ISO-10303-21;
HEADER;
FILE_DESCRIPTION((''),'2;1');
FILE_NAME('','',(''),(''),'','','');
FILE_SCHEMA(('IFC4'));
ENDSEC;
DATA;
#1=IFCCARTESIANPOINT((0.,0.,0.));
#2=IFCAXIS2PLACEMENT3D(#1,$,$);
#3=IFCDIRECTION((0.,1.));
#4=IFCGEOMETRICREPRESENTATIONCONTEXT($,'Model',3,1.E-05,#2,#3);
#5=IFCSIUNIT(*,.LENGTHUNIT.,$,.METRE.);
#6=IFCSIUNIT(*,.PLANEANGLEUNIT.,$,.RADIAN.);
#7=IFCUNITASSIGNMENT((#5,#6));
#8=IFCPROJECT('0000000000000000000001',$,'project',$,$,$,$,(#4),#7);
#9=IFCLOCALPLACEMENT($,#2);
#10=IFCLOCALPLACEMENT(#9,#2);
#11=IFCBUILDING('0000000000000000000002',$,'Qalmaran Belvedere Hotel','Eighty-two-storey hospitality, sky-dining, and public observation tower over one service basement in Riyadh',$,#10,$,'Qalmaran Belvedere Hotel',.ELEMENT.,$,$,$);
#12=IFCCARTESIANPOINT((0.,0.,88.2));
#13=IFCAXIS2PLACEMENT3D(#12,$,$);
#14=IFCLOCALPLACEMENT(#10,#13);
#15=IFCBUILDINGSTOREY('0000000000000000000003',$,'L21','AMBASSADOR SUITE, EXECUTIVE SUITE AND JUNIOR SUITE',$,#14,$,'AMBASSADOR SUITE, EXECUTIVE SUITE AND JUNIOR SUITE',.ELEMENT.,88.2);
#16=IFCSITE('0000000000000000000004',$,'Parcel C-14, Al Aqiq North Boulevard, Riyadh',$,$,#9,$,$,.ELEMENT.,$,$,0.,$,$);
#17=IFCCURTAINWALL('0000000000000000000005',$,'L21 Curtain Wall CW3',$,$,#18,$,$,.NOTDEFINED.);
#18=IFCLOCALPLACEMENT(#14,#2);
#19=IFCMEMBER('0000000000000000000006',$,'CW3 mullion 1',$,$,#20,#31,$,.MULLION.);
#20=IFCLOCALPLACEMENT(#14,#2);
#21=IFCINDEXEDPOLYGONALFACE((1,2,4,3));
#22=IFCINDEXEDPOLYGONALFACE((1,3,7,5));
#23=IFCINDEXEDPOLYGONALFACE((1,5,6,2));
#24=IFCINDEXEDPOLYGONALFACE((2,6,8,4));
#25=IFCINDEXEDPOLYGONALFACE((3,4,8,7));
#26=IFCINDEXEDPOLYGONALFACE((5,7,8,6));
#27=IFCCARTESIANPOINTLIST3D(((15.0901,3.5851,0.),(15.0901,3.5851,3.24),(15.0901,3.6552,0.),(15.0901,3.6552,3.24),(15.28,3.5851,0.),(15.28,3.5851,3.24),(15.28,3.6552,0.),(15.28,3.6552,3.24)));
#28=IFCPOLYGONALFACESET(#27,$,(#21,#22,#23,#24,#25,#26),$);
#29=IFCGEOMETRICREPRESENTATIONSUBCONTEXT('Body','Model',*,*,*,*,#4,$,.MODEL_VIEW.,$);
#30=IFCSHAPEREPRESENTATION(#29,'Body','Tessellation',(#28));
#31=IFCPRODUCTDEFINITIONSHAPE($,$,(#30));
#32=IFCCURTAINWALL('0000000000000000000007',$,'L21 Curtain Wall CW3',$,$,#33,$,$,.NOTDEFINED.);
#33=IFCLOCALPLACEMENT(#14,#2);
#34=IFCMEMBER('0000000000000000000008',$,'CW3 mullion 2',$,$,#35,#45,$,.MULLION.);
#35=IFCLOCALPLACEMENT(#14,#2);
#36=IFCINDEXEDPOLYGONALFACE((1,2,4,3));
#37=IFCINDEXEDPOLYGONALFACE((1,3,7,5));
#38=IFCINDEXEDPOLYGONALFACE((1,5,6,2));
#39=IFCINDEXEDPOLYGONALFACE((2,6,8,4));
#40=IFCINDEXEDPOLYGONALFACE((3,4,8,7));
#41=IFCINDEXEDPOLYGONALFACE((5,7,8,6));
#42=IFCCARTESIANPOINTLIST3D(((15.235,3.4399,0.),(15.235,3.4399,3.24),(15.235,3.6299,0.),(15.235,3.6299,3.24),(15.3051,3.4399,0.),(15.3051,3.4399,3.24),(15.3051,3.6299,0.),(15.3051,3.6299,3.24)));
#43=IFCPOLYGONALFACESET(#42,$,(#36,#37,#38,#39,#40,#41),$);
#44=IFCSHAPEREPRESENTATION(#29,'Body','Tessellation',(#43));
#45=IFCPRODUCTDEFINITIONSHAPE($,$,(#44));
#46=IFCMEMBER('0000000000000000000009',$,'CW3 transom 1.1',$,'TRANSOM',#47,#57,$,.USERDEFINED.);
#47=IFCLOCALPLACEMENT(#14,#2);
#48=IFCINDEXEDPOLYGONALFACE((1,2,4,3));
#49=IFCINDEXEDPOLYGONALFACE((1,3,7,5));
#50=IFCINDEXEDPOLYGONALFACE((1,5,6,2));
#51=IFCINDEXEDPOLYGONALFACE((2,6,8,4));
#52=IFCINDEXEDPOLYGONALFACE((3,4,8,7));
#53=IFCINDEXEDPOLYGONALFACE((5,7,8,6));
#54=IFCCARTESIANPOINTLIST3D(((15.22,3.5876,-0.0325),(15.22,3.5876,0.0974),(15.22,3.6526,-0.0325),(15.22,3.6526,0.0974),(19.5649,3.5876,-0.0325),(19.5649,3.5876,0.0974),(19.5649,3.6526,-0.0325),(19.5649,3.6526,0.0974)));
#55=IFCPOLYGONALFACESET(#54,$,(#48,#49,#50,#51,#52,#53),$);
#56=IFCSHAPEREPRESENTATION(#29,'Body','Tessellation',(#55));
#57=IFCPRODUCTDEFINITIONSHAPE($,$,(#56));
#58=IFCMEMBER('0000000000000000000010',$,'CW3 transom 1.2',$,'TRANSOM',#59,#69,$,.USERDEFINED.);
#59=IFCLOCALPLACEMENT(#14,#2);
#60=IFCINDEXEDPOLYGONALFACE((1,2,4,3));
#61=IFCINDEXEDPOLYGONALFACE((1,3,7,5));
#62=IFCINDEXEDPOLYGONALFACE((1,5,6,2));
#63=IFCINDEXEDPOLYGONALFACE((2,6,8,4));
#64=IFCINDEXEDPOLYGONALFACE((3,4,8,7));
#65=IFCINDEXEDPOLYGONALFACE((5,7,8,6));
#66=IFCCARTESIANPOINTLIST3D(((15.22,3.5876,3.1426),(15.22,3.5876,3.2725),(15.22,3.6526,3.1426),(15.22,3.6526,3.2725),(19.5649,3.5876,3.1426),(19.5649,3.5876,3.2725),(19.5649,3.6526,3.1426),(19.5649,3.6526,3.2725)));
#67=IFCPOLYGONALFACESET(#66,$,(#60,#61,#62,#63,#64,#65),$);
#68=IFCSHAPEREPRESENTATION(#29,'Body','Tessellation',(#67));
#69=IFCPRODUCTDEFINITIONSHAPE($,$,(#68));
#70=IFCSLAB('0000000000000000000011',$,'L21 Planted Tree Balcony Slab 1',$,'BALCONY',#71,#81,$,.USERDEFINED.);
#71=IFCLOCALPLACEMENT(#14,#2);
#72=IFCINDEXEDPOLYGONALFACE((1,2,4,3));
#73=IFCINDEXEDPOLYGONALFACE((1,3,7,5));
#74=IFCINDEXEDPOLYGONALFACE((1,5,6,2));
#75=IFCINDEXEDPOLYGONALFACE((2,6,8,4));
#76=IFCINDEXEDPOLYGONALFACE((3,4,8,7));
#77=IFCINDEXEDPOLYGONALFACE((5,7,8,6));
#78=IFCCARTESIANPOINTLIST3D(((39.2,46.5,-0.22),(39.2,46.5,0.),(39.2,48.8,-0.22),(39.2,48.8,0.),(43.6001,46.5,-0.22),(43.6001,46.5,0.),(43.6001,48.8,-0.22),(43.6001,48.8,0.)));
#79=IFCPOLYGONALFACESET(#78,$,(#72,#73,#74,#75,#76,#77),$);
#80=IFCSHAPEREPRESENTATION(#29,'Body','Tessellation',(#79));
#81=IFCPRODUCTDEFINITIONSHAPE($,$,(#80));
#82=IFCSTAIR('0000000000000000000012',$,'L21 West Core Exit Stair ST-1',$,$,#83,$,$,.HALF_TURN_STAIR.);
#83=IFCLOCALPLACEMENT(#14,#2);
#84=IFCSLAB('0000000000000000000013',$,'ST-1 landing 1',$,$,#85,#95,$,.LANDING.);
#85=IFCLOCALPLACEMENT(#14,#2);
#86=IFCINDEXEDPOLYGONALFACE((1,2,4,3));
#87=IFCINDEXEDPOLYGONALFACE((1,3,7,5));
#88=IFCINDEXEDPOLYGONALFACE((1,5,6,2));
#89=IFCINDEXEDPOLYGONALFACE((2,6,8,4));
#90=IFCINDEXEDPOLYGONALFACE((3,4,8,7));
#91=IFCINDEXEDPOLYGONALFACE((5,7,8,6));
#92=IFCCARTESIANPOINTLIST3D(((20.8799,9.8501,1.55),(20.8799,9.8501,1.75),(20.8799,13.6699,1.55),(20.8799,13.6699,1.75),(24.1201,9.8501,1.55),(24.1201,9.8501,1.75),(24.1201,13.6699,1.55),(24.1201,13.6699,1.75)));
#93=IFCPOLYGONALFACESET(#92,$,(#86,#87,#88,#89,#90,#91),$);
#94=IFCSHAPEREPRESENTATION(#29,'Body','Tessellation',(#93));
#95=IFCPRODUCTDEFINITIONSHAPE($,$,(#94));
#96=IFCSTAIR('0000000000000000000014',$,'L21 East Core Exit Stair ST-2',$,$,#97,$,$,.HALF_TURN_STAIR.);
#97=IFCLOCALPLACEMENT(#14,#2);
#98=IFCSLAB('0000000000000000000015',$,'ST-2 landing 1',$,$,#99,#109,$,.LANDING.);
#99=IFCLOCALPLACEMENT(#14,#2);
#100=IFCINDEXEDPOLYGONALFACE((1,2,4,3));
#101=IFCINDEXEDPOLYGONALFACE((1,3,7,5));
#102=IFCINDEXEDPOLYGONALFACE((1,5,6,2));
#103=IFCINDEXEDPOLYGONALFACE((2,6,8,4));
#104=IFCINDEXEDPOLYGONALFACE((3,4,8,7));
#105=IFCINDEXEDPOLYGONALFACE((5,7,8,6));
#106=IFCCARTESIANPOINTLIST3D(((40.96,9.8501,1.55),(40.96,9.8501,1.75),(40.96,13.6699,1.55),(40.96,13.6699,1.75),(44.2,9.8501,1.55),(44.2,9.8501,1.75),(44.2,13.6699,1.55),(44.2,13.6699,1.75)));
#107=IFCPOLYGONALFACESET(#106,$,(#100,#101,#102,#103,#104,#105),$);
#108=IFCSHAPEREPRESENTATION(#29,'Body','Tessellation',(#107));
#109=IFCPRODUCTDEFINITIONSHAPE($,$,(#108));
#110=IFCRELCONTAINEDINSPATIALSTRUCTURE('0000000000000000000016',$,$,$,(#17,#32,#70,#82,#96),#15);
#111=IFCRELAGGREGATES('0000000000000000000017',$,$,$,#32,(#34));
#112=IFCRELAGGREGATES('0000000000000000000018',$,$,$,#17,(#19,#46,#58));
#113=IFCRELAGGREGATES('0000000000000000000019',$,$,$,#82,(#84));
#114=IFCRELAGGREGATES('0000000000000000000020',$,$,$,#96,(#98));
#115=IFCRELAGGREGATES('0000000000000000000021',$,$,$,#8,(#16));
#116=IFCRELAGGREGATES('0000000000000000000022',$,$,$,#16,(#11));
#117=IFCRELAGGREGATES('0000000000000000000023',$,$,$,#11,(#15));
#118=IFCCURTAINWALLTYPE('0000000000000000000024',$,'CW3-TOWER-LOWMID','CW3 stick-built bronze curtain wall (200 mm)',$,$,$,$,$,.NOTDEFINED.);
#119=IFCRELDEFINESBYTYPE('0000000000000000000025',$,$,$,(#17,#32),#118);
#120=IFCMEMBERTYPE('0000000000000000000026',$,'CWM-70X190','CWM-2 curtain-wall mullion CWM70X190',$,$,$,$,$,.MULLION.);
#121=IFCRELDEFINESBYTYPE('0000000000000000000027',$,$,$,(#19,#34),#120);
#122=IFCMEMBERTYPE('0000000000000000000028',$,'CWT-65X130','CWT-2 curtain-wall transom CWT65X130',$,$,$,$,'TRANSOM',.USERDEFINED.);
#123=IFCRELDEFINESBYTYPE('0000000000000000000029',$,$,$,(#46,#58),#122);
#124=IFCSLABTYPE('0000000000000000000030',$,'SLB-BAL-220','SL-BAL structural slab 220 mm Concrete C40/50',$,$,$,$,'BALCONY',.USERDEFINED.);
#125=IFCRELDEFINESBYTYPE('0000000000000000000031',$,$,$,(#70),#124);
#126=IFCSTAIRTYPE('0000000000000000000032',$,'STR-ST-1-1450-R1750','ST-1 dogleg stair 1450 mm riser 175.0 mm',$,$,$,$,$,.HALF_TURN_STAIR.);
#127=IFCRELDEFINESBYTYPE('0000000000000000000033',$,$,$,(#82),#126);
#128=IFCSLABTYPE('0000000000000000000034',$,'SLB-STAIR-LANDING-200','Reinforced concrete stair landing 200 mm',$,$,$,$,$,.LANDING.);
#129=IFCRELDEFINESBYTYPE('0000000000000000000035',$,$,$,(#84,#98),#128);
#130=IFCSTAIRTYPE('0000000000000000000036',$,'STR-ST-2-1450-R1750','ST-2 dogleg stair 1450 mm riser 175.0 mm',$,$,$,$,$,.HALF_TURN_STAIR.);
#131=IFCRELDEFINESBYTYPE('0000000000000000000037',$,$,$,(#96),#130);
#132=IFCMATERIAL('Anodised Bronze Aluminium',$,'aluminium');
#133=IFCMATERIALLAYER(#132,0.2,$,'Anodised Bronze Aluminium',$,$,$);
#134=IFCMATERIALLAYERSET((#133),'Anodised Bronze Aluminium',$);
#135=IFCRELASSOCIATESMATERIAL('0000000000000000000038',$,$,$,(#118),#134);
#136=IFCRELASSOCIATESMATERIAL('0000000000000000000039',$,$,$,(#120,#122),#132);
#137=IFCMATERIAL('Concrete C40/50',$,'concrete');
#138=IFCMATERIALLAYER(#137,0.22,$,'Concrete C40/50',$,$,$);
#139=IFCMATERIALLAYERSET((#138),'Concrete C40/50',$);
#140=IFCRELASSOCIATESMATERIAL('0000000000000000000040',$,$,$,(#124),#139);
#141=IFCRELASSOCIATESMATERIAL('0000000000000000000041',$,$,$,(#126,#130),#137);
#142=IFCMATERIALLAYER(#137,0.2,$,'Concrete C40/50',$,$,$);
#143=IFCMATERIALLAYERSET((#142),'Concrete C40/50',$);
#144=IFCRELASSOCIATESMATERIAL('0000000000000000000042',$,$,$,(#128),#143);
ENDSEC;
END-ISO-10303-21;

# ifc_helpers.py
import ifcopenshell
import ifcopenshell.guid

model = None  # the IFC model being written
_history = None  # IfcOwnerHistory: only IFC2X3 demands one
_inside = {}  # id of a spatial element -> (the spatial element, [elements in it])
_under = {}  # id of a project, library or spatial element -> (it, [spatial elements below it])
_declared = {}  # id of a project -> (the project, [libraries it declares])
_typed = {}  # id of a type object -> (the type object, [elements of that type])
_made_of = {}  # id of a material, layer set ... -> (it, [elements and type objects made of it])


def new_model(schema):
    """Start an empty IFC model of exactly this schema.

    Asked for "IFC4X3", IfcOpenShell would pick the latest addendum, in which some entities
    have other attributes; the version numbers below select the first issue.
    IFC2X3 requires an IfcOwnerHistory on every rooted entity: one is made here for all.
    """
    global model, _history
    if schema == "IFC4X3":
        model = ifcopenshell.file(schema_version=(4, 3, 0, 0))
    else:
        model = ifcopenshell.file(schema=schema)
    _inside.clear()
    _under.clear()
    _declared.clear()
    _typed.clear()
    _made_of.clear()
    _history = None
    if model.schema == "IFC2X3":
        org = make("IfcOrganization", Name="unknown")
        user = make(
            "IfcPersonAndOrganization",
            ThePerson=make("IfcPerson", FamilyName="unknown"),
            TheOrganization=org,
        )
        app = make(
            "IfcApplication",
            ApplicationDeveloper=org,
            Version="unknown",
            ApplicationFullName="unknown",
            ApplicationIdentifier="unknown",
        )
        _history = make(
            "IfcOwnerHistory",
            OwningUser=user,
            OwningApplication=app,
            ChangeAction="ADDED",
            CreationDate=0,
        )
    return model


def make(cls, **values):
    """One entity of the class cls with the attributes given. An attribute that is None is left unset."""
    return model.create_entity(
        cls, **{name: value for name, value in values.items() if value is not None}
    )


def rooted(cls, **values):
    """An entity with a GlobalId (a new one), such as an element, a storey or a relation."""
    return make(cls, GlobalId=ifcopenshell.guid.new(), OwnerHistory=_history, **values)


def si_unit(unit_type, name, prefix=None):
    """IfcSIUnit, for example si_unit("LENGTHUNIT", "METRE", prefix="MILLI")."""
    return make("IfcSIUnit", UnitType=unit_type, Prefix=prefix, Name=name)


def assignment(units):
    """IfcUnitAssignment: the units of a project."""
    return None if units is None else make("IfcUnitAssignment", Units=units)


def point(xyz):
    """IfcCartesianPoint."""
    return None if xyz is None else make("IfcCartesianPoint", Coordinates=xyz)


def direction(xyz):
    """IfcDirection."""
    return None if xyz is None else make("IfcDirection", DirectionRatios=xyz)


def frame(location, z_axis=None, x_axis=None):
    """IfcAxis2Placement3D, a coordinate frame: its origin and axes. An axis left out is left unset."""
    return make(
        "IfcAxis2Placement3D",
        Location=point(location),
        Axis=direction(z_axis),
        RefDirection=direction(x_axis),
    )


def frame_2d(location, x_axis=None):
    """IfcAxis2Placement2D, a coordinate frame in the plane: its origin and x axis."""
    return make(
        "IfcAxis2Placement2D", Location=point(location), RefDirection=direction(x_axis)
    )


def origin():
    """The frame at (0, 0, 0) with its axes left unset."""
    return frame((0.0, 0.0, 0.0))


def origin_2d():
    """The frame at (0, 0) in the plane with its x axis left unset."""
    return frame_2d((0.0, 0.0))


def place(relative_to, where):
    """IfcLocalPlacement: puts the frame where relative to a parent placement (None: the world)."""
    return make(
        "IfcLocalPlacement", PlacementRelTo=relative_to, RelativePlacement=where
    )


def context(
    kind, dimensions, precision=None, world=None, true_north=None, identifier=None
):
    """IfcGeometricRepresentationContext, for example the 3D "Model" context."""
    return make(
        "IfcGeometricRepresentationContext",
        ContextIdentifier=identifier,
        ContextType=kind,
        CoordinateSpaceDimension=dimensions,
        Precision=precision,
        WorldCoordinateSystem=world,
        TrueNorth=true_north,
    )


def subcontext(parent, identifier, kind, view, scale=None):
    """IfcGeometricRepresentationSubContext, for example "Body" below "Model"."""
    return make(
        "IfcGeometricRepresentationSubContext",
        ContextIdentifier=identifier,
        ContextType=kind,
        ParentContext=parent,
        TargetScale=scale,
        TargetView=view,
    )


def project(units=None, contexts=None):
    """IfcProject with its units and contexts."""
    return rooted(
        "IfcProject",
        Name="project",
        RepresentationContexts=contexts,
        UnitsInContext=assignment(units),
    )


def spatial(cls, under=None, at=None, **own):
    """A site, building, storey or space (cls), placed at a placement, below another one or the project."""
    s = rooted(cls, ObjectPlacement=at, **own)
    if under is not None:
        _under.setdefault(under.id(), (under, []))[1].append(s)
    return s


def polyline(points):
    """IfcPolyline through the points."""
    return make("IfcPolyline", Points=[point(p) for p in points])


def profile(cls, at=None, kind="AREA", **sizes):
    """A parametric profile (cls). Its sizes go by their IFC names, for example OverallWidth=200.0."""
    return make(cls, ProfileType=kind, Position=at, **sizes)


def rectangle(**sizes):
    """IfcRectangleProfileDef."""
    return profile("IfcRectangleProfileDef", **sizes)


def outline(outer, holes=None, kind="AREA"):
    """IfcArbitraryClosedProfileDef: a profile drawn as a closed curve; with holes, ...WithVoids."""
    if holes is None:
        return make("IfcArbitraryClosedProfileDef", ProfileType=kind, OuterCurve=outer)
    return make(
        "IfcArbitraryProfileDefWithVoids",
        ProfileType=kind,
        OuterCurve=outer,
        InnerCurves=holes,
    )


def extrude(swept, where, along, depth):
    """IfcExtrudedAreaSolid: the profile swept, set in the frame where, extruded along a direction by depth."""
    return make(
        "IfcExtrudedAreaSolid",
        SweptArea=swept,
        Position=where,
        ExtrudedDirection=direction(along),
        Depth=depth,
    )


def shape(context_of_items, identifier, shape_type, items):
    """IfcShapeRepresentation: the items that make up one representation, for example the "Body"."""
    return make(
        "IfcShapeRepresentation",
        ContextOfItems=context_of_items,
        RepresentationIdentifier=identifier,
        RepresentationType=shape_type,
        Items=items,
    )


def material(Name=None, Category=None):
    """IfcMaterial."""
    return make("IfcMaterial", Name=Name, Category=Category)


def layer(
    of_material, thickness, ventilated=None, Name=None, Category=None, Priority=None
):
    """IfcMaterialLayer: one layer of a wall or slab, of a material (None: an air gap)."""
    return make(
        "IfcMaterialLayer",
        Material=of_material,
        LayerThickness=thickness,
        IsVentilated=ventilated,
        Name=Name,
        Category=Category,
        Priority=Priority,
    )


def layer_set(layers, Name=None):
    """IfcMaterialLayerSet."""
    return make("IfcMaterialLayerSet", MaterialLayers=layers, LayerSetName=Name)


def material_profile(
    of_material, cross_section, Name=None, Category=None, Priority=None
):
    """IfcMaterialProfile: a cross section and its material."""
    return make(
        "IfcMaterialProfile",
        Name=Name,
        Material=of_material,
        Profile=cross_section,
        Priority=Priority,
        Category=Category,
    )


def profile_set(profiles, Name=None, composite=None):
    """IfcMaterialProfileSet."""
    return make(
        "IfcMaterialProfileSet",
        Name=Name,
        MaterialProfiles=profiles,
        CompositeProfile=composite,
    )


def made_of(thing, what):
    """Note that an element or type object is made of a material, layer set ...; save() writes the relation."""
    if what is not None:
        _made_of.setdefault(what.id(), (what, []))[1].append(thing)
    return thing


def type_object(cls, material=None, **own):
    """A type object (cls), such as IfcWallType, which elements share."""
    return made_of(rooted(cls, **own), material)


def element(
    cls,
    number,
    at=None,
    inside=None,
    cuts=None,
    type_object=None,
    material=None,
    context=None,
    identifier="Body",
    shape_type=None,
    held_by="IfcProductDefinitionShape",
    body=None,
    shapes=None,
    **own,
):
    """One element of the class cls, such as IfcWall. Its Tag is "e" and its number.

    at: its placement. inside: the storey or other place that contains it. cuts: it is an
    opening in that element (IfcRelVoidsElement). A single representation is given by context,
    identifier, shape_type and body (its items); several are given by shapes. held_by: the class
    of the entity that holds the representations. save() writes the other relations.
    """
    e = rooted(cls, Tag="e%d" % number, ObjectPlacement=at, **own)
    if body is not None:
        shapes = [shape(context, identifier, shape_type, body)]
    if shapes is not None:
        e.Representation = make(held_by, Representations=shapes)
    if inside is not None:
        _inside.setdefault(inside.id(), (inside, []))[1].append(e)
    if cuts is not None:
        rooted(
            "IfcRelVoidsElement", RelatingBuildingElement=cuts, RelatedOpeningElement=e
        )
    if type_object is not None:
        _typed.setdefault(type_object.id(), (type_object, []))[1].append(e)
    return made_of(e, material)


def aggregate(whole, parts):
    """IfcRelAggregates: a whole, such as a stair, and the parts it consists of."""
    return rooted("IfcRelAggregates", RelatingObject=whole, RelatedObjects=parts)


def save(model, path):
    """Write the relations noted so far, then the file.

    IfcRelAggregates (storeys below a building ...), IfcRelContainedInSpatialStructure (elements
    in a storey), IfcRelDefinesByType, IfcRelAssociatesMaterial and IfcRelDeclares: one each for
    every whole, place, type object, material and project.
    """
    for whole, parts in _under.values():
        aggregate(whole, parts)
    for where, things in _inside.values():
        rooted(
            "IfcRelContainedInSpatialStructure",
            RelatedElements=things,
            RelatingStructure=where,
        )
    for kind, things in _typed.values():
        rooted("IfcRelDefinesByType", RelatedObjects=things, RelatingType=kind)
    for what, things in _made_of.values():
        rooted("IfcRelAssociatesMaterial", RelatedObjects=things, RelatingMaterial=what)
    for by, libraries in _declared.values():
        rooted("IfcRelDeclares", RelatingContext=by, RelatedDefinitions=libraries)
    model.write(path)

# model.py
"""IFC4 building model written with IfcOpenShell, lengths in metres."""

from ifc_helpers import new_model, si_unit, direction, frame, origin, origin_2d, place, context, subcontext, project, spatial, polyline, rectangle, outline, extrude, material, layer, layer_set, material_profile, profile_set, type_object, element, aggregate, save


model = new_model("IFC4")

# Units and contexts
model_context = context("Model", 3, precision=1e-05, world=origin(), true_north=direction((0.0, 1.0)))
body_context = subcontext(model_context, "Body", "Model", "MODEL_VIEW")
ifc_project = project(units=[si_unit("LENGTHUNIT", "METRE"), si_unit("PLANEANGLEUNIT", "RADIAN")], contexts=[model_context])

# Site, building, storey
site_placement = place(None, origin())
site = spatial("IfcSite", under=ifc_project, at=site_placement, Name="Parcel C-14, Al Aqiq North Boulevard, Riyadh", CompositionType="ELEMENT", RefElevation=0.0)
building_placement = place(site_placement, origin())
building = spatial("IfcBuilding", under=site, at=building_placement, Name="Qalmaran Belvedere Hotel", Description="Eighty-two-storey hospitality, sky-dining, and public observation tower over one service basement in Riyadh", LongName="Qalmaran Belvedere Hotel", CompositionType="ELEMENT")
storey_placement = place(building_placement, frame((0.0, 0.0, 88.2)))
storey = spatial("IfcBuildingStorey", under=building, at=storey_placement, Name="L21", Description="AMBASSADOR SUITE, EXECUTIVE SUITE AND JUNIOR SUITE", LongName="AMBASSADOR SUITE, EXECUTIVE SUITE AND JUNIOR SUITE", CompositionType="ELEMENT", Elevation=88.2)

# Curtain walls, members
ifc_material_1 = material(Name="Anodised Bronze Aluminium", Category="aluminium")
ifc_layer_1 = layer(ifc_material_1, 0.2, Name="Anodised Bronze Aluminium")
ifc_layer_set_1 = layer_set([ifc_layer_1], Name="Anodised Bronze Aluminium")
curtain_wall_type = type_object("IfcCurtainWallType", Name="CW3-TOWER-LOWMID", Description="CW3 stick-built bronze curtain wall (200 mm)", PredefinedType="NOTDEFINED", material=ifc_layer_set_1)
curtain_wall_1_placement = place(storey_placement, origin())
curtain_wall_1 = element("IfcCurtainWall", 1, at=curtain_wall_1_placement, inside=storey, type_object=curtain_wall_type, Name="L21 Curtain Wall CW3", PredefinedType="NOTDEFINED")
ifc_material_profile_1 = material_profile(ifc_material_1, rectangle(XDim=0.0701, YDim=0.1899, at=origin_2d()), Name="CWM70X190")
ifc_profile_set_1 = profile_set([ifc_material_profile_1], Name="Anodised Bronze Aluminium")
member_type_1 = type_object("IfcMemberType", Name="CWM-70X190", Description="CWM-2 curtain-wall mullion CWM70X190", PredefinedType="MULLION", material=ifc_profile_set_1)
member_1_placement = place(storey_placement, frame((15.1851, 3.6201, 0.0), z_axis=(0.0, 0.0, 1.0), x_axis=(0.0, 1.0, 0.0)))
member_1 = element("IfcMember", 2, at=member_1_placement, type_object=member_type_1, Name="CW3 mullion 1", PredefinedType="MULLION", context=body_context, shape_type="SweptSolid", body=[
    extrude(rectangle(XDim=0.0701, YDim=0.1899, at=origin_2d()), origin(), (0.0, 0.0, 1.0), 3.24),
])
curtain_wall_2_placement = place(storey_placement, origin())
curtain_wall_2 = element("IfcCurtainWall", 3, at=curtain_wall_2_placement, inside=storey, type_object=curtain_wall_type, Name="L21 Curtain Wall CW3", PredefinedType="NOTDEFINED")
member_2_placement = place(storey_placement, frame((15.27, 3.5349, 0.0), z_axis=(0.0, 0.0, 1.0), x_axis=(1.0, 0.0, 0.0)))
member_2 = element("IfcMember", 4, at=member_2_placement, type_object=member_type_1, Name="CW3 mullion 2", PredefinedType="MULLION", context=body_context, shape_type="SweptSolid", body=[
    extrude(rectangle(XDim=0.0701, YDim=0.1899, at=origin_2d()), origin(), (0.0, 0.0, 1.0), 3.24),
])
aggregate(curtain_wall_2, [member_2])

# Members
ifc_material_profile_2 = material_profile(ifc_material_1, rectangle(XDim=0.0649, YDim=0.1299, at=origin_2d()), Name="CWT65X130")
ifc_profile_set_2 = profile_set([ifc_material_profile_2], Name="Anodised Bronze Aluminium")
member_type_2 = type_object("IfcMemberType", Name="CWT-65X130", Description="CWT-2 curtain-wall transom CWT65X130", ElementType="TRANSOM", PredefinedType="USERDEFINED", material=ifc_profile_set_2)
member_3_placement = place(storey_placement, frame((15.22, 3.6201, 0.0325), z_axis=(1.0, 0.0, 0.0), x_axis=(0.0, 1.0, 0.0)))
member_3 = element("IfcMember", 5, at=member_3_placement, type_object=member_type_2, Name="CW3 transom 1.1", ObjectType="TRANSOM", PredefinedType="USERDEFINED", context=body_context, shape_type="SweptSolid", body=[
    extrude(rectangle(XDim=0.0649, YDim=0.1299, at=origin_2d()), origin(), (0.0, 0.0, 1.0), 4.345),
])
member_4_placement = place(storey_placement, frame((15.22, 3.6201, 3.2075), z_axis=(1.0, 0.0, 0.0), x_axis=(0.0, 1.0, 0.0)))
member_4 = element("IfcMember", 6, at=member_4_placement, type_object=member_type_2, Name="CW3 transom 1.2", ObjectType="TRANSOM", PredefinedType="USERDEFINED", context=body_context, shape_type="SweptSolid", body=[
    extrude(rectangle(XDim=0.0649, YDim=0.1299, at=origin_2d()), origin(), (0.0, 0.0, 1.0), 4.345),
])
aggregate(curtain_wall_1, [member_1, member_3, member_4])

# Slab
ifc_material_2 = material(Name="Concrete C40/50", Category="concrete")
ifc_layer_2 = layer(ifc_material_2, 0.22, Name="Concrete C40/50")
ifc_layer_set_2 = layer_set([ifc_layer_2], Name="Concrete C40/50")
slab_type_1 = type_object("IfcSlabType", Name="SLB-BAL-220", Description="SL-BAL structural slab 220 mm Concrete C40/50", ElementType="BALCONY", PredefinedType="USERDEFINED", material=ifc_layer_set_2)
slab_1_placement = place(storey_placement, frame((0.0, 0.0, -0.22)))
element("IfcSlab", 7, at=slab_1_placement, inside=storey, type_object=slab_type_1, Name="L21 Planted Tree Balcony Slab 1", ObjectType="BALCONY", PredefinedType="USERDEFINED", context=body_context, shape_type="SweptSolid", body=[
    extrude(outline(polyline([(39.2, 46.5), (43.6001, 46.5), (43.6001, 48.8), (39.2, 48.8), (39.2, 46.5)])), origin(), (0.0, 0.0, 1.0), 0.22),
])

# Stairs, slabs
stair_type_1 = type_object("IfcStairType", Name="STR-ST-1-1450-R1750", Description="ST-1 dogleg stair 1450 mm riser 175.0 mm", PredefinedType="HALF_TURN_STAIR", material=ifc_material_2)
stair_1_placement = place(storey_placement, origin())
stair_1 = element("IfcStair", 8, at=stair_1_placement, inside=storey, type_object=stair_type_1, Name="L21 West Core Exit Stair ST-1", PredefinedType="HALF_TURN_STAIR")
ifc_layer_3 = layer(ifc_material_2, 0.2, Name="Concrete C40/50")
ifc_layer_set_3 = layer_set([ifc_layer_3], Name="Concrete C40/50")
slab_type_2 = type_object("IfcSlabType", Name="SLB-STAIR-LANDING-200", Description="Reinforced concrete stair landing 200 mm", PredefinedType="LANDING", material=ifc_layer_set_3)
slab_2_placement = place(storey_placement, frame((0.0, 0.0, 1.55)))
slab_2 = element("IfcSlab", 9, at=slab_2_placement, type_object=slab_type_2, Name="ST-1 landing 1", PredefinedType="LANDING", context=body_context, shape_type="SweptSolid", body=[
    extrude(outline(polyline([(20.8799, 13.6699), (20.8799, 9.8501), (24.1201, 9.8501), (24.1201, 13.6699), (20.8799, 13.6699)])), origin(), (0.0, 0.0, 1.0), 0.2),
])
aggregate(stair_1, [slab_2])
stair_type_2 = type_object("IfcStairType", Name="STR-ST-2-1450-R1750", Description="ST-2 dogleg stair 1450 mm riser 175.0 mm", PredefinedType="HALF_TURN_STAIR", material=ifc_material_2)
stair_2_placement = place(storey_placement, origin())
stair_2 = element("IfcStair", 10, at=stair_2_placement, inside=storey, type_object=stair_type_2, Name="L21 East Core Exit Stair ST-2", PredefinedType="HALF_TURN_STAIR")
slab_3_placement = place(storey_placement, frame((0.0, 0.0, 1.55)))
slab_3 = element("IfcSlab", 11, at=slab_3_placement, type_object=slab_type_2, Name="ST-2 landing 1", PredefinedType="LANDING", context=body_context, shape_type="SweptSolid", body=[
    extrude(outline(polyline([(40.96, 13.6699), (40.96, 9.8501), (44.2, 9.8501), (44.2, 13.6699), (40.96, 13.6699)])), origin(), (0.0, 0.0, 1.0), 0.2),
])
aggregate(stair_2, [slab_3])

save(model, "model.ifc")
